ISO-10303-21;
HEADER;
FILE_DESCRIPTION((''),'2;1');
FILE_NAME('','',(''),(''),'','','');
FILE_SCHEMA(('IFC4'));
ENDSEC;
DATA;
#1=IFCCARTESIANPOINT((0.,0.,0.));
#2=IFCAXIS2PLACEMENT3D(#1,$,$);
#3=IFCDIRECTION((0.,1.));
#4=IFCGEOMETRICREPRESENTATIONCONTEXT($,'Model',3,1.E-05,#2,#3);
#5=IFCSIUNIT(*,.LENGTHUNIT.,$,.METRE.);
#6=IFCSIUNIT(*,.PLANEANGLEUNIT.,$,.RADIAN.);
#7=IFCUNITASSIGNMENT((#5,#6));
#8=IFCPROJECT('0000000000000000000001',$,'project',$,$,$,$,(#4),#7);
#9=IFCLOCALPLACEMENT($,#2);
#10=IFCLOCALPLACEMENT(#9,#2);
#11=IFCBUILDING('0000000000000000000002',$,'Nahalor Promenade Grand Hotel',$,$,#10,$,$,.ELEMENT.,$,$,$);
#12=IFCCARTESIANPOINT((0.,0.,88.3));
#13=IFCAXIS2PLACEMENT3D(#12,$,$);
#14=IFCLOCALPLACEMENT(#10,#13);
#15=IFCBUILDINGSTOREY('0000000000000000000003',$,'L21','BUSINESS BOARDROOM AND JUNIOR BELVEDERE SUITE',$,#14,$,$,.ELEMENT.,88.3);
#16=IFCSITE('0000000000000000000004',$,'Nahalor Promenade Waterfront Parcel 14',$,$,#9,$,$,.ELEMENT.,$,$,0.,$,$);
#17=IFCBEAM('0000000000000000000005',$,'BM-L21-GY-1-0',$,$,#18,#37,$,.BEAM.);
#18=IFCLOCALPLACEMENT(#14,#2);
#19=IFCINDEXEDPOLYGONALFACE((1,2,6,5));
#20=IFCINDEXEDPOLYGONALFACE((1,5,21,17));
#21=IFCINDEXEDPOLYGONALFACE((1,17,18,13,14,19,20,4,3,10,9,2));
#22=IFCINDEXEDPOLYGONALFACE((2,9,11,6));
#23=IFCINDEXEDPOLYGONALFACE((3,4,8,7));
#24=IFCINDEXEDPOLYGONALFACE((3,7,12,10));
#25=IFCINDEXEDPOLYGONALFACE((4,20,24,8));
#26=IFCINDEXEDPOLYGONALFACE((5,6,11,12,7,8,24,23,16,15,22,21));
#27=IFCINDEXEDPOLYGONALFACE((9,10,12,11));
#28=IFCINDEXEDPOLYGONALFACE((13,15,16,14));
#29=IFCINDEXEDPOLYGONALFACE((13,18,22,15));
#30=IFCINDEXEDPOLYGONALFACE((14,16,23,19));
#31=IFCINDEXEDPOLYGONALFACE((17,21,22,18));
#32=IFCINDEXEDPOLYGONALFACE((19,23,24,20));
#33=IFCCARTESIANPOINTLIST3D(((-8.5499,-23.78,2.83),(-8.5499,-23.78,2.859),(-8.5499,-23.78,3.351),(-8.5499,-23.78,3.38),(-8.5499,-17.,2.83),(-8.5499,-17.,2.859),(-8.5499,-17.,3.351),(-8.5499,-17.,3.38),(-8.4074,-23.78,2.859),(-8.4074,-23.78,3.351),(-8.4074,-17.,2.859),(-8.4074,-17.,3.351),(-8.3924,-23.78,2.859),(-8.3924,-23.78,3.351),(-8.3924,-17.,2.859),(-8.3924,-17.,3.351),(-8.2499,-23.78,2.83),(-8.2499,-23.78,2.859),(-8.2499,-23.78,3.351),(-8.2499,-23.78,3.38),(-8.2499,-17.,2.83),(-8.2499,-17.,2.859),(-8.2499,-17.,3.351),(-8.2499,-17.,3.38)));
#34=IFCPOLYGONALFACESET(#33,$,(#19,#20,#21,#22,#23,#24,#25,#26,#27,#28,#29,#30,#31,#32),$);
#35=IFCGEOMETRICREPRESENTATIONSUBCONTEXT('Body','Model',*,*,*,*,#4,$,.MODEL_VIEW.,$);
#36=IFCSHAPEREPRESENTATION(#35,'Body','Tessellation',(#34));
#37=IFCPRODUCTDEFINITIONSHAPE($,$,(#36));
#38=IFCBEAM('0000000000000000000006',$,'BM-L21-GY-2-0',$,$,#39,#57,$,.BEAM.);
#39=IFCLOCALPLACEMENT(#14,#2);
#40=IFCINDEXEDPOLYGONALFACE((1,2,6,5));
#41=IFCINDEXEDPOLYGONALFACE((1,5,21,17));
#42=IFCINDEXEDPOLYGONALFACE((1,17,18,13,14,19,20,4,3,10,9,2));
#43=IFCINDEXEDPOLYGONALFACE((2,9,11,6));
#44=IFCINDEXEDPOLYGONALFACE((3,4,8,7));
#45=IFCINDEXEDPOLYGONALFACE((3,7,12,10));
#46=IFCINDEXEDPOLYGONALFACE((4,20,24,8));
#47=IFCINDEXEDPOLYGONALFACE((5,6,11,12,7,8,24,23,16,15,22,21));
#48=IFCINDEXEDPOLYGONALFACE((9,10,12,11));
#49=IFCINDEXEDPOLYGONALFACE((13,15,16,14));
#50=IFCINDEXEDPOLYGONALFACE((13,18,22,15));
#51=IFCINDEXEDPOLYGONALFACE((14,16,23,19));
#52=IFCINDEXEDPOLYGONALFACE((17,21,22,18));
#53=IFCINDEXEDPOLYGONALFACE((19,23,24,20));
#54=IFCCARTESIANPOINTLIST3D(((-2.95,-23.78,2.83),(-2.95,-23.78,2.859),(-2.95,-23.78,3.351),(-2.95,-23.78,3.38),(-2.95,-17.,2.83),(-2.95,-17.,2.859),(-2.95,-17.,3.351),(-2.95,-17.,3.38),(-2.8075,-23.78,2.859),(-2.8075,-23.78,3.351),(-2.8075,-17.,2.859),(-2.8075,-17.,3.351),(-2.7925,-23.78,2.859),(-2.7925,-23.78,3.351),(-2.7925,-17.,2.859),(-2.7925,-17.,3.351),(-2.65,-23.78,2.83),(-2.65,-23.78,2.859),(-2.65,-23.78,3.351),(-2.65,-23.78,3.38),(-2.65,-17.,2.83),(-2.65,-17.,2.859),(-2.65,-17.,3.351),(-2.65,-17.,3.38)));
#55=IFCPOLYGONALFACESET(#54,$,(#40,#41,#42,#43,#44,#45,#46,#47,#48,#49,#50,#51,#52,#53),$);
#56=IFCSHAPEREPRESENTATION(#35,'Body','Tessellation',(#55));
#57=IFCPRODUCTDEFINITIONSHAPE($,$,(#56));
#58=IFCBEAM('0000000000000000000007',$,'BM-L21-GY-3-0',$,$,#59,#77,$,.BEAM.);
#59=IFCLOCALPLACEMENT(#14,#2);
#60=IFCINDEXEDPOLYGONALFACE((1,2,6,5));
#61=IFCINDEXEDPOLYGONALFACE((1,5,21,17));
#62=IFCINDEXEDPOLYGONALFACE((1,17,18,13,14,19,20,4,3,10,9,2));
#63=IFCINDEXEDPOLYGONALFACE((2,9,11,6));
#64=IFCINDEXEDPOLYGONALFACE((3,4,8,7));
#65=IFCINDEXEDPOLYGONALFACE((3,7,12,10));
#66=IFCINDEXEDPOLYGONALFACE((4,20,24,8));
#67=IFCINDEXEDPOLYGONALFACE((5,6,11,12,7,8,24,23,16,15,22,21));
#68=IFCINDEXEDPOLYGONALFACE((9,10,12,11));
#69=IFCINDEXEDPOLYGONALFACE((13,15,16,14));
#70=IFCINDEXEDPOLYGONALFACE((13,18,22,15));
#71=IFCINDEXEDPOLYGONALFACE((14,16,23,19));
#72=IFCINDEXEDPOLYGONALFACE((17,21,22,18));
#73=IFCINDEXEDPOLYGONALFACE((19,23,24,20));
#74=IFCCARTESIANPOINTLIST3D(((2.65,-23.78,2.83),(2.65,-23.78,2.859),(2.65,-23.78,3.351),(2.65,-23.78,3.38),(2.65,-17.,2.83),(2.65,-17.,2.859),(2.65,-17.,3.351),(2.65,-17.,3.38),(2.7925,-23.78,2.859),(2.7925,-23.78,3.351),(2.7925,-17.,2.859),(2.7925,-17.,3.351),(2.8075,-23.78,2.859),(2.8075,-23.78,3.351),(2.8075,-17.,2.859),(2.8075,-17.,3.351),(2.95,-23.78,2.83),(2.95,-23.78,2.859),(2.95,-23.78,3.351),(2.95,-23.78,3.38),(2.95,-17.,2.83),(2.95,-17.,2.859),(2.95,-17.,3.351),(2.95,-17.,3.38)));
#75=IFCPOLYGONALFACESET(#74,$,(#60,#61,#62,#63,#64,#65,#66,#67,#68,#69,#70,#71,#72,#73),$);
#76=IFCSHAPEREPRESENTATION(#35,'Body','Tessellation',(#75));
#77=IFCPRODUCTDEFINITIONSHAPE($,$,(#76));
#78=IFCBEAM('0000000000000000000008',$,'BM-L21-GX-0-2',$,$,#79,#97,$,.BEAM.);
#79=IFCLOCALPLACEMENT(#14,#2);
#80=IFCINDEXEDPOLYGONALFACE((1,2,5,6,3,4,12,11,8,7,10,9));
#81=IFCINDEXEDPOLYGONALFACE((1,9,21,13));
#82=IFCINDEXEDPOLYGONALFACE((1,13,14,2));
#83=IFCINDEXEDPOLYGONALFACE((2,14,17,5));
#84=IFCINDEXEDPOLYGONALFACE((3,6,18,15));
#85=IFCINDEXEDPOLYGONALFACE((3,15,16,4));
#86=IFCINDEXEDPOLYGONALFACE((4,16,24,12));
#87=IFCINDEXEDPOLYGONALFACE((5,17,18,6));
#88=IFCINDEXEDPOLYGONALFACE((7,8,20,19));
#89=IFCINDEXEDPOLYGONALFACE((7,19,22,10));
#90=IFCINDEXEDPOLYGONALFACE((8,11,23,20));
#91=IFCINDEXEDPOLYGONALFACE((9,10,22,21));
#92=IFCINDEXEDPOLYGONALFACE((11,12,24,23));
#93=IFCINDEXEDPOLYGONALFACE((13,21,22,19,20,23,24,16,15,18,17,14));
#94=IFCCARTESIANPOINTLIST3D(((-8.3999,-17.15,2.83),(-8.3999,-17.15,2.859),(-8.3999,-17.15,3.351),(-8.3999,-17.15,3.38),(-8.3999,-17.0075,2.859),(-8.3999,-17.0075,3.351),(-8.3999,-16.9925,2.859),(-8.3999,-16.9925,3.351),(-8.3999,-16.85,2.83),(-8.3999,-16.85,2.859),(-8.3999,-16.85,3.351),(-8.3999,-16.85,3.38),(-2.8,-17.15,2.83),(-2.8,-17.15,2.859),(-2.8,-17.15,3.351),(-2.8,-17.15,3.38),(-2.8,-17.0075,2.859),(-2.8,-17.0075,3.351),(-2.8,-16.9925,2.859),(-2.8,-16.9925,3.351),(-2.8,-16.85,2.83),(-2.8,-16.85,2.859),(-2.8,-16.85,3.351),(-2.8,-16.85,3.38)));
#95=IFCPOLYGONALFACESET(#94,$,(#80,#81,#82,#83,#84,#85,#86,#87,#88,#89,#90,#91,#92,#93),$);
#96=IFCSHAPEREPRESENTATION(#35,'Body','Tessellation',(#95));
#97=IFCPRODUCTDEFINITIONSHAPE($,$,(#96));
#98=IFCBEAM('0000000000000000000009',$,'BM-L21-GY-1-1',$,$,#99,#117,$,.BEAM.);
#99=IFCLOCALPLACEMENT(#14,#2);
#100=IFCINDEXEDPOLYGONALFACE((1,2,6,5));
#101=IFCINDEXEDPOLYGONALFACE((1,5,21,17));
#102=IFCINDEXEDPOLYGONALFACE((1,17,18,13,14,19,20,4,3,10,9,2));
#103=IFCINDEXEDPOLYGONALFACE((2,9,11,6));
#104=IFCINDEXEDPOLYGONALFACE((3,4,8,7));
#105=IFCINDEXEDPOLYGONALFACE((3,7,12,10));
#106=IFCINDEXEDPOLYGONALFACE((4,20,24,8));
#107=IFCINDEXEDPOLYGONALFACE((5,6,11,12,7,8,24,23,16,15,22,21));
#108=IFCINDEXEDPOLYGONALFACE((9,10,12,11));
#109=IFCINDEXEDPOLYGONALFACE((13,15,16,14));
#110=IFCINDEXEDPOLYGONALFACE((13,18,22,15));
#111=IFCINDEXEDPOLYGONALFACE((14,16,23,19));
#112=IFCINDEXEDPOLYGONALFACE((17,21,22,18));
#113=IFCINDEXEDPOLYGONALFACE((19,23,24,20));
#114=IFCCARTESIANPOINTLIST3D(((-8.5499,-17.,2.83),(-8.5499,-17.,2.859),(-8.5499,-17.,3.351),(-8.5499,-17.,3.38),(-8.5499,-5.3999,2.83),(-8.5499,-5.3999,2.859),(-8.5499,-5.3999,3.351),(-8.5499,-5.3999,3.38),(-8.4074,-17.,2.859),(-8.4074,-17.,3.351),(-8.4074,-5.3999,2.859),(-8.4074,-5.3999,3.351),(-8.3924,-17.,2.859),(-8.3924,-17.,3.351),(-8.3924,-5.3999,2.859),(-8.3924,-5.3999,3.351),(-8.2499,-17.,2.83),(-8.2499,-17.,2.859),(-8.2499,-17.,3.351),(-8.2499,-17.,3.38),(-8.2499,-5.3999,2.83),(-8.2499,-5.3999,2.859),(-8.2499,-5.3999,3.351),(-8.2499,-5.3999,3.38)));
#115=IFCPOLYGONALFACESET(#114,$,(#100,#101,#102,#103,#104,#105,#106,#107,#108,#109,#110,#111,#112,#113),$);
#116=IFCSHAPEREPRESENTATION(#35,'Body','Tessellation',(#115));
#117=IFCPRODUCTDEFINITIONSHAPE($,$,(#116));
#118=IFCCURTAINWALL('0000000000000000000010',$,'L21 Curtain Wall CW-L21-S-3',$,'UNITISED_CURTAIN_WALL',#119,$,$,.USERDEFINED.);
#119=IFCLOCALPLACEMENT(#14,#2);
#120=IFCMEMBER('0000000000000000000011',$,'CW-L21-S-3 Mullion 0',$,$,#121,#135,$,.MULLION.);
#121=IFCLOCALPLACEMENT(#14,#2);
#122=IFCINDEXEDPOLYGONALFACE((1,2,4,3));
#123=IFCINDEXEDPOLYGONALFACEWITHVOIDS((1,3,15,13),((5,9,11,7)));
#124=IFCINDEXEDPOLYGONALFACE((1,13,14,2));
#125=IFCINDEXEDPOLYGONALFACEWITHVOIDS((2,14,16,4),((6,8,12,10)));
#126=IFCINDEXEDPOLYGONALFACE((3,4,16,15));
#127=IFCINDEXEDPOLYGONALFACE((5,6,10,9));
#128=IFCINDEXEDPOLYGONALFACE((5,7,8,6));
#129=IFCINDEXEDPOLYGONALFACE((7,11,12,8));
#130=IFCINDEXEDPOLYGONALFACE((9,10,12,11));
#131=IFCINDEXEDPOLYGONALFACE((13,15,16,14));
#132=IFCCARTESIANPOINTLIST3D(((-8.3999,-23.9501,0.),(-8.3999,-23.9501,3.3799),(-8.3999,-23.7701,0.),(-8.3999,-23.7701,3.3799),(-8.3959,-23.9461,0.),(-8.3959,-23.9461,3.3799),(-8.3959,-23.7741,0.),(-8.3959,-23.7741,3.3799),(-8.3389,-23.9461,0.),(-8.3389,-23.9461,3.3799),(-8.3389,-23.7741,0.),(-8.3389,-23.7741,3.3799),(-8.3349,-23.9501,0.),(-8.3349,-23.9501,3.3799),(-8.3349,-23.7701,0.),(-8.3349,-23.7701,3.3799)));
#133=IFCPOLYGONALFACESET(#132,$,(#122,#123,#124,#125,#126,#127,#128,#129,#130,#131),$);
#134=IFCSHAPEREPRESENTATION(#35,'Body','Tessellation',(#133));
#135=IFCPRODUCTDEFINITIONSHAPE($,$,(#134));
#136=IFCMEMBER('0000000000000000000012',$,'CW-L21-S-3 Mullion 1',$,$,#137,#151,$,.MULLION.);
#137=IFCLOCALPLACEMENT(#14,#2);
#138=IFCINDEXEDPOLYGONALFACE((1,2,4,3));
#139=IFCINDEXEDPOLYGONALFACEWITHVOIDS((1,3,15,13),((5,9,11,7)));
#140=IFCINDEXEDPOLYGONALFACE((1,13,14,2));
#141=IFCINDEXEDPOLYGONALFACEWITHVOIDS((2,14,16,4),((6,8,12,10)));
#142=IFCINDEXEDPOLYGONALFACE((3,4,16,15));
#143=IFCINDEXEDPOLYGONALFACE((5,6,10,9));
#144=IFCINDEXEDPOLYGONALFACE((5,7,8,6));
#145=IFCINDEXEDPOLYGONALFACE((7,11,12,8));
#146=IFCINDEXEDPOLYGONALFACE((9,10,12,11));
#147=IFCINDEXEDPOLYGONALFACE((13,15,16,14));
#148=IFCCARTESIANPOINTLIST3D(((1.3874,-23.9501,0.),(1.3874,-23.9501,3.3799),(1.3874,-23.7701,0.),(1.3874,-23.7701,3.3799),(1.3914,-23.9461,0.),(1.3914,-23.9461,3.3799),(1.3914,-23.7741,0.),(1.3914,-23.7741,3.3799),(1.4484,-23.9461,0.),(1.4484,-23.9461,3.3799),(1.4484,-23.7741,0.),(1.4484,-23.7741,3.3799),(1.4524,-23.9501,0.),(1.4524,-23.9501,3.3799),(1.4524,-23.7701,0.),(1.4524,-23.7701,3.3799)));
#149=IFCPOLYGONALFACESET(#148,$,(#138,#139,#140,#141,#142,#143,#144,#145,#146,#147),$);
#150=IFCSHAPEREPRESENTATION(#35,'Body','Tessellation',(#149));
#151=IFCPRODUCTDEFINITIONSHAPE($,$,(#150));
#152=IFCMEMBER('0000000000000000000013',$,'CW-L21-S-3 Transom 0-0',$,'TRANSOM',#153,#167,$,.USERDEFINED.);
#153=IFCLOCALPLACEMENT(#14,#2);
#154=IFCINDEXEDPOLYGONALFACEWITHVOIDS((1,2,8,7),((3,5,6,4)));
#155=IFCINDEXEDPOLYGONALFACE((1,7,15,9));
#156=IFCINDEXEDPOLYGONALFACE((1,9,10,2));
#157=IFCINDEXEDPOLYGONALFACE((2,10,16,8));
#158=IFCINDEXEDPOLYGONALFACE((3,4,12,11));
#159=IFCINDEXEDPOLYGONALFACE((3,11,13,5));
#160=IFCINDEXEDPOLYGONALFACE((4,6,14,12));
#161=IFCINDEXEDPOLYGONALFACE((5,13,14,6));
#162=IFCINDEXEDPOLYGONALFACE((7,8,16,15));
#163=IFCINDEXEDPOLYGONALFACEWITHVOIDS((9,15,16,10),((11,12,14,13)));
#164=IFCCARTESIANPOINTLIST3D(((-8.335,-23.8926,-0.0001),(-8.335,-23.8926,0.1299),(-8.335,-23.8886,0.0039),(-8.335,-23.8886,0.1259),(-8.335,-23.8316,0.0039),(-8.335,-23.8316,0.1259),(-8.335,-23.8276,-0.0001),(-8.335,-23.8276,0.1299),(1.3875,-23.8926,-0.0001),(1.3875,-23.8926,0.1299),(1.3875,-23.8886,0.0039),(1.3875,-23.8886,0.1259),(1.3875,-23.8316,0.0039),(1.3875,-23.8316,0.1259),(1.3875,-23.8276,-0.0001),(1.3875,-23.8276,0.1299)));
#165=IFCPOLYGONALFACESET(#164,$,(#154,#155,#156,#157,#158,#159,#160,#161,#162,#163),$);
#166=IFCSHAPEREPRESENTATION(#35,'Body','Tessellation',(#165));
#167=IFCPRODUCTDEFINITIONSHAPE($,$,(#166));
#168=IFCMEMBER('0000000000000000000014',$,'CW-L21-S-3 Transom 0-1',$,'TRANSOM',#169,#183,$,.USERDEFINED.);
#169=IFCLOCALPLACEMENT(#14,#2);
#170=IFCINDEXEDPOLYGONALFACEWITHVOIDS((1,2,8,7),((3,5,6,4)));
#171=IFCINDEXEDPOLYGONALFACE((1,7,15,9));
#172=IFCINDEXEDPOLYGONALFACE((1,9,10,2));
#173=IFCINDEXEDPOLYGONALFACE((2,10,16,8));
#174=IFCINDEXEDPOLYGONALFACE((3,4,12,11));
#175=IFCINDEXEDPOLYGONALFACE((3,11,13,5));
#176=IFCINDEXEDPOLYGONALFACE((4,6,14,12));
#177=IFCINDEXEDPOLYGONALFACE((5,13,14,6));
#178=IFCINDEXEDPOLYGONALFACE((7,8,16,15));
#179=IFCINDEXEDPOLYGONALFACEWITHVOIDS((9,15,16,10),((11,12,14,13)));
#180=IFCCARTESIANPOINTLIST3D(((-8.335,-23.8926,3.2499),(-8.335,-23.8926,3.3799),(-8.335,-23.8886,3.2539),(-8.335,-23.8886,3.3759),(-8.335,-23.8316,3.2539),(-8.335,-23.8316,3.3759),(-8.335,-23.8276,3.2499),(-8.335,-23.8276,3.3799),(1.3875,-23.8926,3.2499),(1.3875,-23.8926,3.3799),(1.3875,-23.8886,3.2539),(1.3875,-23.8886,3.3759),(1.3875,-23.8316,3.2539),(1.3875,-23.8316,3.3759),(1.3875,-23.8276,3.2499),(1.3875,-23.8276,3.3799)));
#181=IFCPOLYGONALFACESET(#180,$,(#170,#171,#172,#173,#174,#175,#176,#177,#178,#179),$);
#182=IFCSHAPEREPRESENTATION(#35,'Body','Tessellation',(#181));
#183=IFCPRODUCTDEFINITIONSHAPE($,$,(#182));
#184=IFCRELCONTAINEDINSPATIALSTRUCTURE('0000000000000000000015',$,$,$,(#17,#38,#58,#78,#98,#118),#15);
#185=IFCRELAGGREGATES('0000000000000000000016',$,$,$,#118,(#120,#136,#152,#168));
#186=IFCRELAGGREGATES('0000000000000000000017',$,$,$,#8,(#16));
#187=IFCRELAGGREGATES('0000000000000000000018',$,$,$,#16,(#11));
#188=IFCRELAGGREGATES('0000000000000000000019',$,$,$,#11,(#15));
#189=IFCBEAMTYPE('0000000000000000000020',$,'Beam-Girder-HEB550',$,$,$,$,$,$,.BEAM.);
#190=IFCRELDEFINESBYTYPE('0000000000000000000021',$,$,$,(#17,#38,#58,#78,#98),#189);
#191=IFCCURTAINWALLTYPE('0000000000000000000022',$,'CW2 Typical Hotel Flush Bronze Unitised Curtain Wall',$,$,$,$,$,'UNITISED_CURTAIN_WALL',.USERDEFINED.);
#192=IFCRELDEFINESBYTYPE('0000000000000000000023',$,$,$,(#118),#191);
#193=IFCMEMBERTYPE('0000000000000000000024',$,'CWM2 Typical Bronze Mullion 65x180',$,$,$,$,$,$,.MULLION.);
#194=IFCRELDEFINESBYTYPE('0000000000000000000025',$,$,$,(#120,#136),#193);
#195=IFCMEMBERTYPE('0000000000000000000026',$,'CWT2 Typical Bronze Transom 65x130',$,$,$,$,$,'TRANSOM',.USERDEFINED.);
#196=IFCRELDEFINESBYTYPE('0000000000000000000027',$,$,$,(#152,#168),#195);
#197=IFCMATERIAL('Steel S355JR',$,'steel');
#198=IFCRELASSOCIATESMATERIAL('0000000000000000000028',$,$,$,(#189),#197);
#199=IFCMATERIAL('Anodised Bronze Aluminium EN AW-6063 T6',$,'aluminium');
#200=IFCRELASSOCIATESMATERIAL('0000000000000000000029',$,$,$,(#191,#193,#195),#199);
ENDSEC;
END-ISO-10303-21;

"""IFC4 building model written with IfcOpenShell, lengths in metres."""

from ifc_helpers import new_model, si_unit, direction, frame, origin, origin_2d, place, context, subcontext, project, spatial, hollow_rectangle, i_section, extrude, source, transform, mapped, material, material_profile, profile_set, type_object, element, aggregate, save


model = new_model("IFC4")

# Units and contexts
model_context = context("Model", 3, precision=1e-05, world=origin(), true_north=direction((0.0, 1.0)))
body_context = subcontext(model_context, "Body", "Model", "MODEL_VIEW")
ifc_project = project(units=[si_unit("LENGTHUNIT", "METRE"), si_unit("PLANEANGLEUNIT", "RADIAN")], contexts=[model_context])

# Site, building, storey
site_placement = place(None, origin())
site = spatial("IfcSite", under=ifc_project, at=site_placement, Name="Nahalor Promenade Waterfront Parcel 14", CompositionType="ELEMENT", RefElevation=0.0)
building_placement = place(site_placement, origin())
building = spatial("IfcBuilding", under=site, at=building_placement, Name="Nahalor Promenade Grand Hotel", CompositionType="ELEMENT")
storey_placement = place(building_placement, frame((0.0, 0.0, 88.3)))
storey = spatial("IfcBuildingStorey", under=building, at=storey_placement, Name="L21", Description="BUSINESS BOARDROOM AND JUNIOR BELVEDERE SUITE", CompositionType="ELEMENT", Elevation=88.3)

# Beams
ifc_material_1 = material(Name="Steel S355JR", Category="steel")
ifc_material_profile_1 = material_profile(ifc_material_1, i_section(OverallWidth=0.3, OverallDepth=0.55, WebThickness=0.015, FlangeThickness=0.029, at=origin_2d()), Name="HEB 550")
ifc_profile_set_1 = profile_set([ifc_material_profile_1], Name="Steel S355JR")
beam_type_1 = type_object("IfcBeamType", Name="Beam-Girder-HEB550", PredefinedType="BEAM", material=ifc_profile_set_1)
shared_shape_1 = source(origin(), body_context, "Body", "SweptSolid", [
    extrude(i_section(OverallWidth=0.3, OverallDepth=0.55, WebThickness=0.015, FlangeThickness=0.029, at=origin_2d()), origin(), (0.0, 0.0, 1.0), 6.78),
])
for number, where, z_axis, x_axis, name in (
    (1, (-8.3999, -23.78, 3.105), (0.0, 1.0, 0.0), (-1.0, 0.0, 0.0), "BM-L21-GY-1-0"),
    (2, (-2.8, -23.78, 3.105), (0.0, 1.0, 0.0), (-1.0, 0.0, 0.0), "BM-L21-GY-2-0"),
    (3, (2.8, -23.78, 3.105), (0.0, 1.0, 0.0), (-1.0, 0.0, 0.0), "BM-L21-GY-3-0"),
):
    element("IfcBeam", number, at=place(storey_placement, frame(where, z_axis=z_axis, x_axis=x_axis)), inside=storey, type_object=beam_type_1, Name=name, PredefinedType="BEAM", context=body_context, shape_type="MappedRepresentation", body=[
        mapped(shared_shape_1, transform((0.0, 0.0, 0.0), scale=1.0)),
    ])
shared_shape_2 = source(origin(), body_context, "Body", "SweptSolid", [
    extrude(i_section(OverallWidth=0.3, OverallDepth=0.55, WebThickness=0.015, FlangeThickness=0.029, at=origin_2d()), origin(), (0.0, 0.0, 1.0), 5.5999),
])
beam_1_placement = place(storey_placement, frame((-8.3999, -17.0, 3.105), z_axis=(1.0, 0.0, 0.0), x_axis=(0.0, 1.0, 0.0)))
element("IfcBeam", 4, at=beam_1_placement, inside=storey, type_object=beam_type_1, Name="BM-L21-GX-0-2", PredefinedType="BEAM", context=body_context, shape_type="MappedRepresentation", body=[
    mapped(shared_shape_2, transform((0.0, 0.0, 0.0), scale=1.0)),
])
shared_shape_3 = source(origin(), body_context, "Body", "SweptSolid", [
    extrude(i_section(OverallWidth=0.3, OverallDepth=0.55, WebThickness=0.015, FlangeThickness=0.029, at=origin_2d()), origin(), (0.0, 0.0, 1.0), 11.6001),
])
beam_2_placement = place(storey_placement, frame((-8.3999, -17.0, 3.105), z_axis=(0.0, 1.0, 0.0), x_axis=(-1.0, 0.0, 0.0)))
element("IfcBeam", 5, at=beam_2_placement, inside=storey, type_object=beam_type_1, Name="BM-L21-GY-1-1", PredefinedType="BEAM", context=body_context, shape_type="MappedRepresentation", body=[
    mapped(shared_shape_3, transform((0.0, 0.0, 0.0), scale=1.0)),
])

# Curtain wall, members
ifc_material_2 = material(Name="Anodised Bronze Aluminium EN AW-6063 T6", Category="aluminium")
curtain_wall_type = type_object("IfcCurtainWallType", Name="CW2 Typical Hotel Flush Bronze Unitised Curtain Wall", ElementType="UNITISED_CURTAIN_WALL", PredefinedType="USERDEFINED", material=ifc_material_2)
curtain_wall_placement = place(storey_placement, origin())
curtain_wall = element("IfcCurtainWall", 6, at=curtain_wall_placement, inside=storey, type_object=curtain_wall_type, Name="L21 Curtain Wall CW-L21-S-3", ObjectType="UNITISED_CURTAIN_WALL", PredefinedType="USERDEFINED")
ifc_material_profile_2 = material_profile(ifc_material_2, hollow_rectangle(XDim=0.065, YDim=0.18, WallThickness=0.004, at=origin_2d()), Name="CWM 65x180x4")
ifc_profile_set_2 = profile_set([ifc_material_profile_2], Name="Anodised Bronze Aluminium EN AW-6063 T6")
member_type_1 = type_object("IfcMemberType", Name="CWM2 Typical Bronze Mullion 65x180", PredefinedType="MULLION", material=ifc_profile_set_2)
shared_shape_4 = source(origin(), body_context, "Body", "SweptSolid", [
    extrude(hollow_rectangle(XDim=0.065, YDim=0.18, WallThickness=0.004, at=origin_2d()), origin(), (0.0, 0.0, 1.0), 3.3799),
])
member_1_placement = place(storey_placement, frame((-8.3674, -23.8601, 0.0), z_axis=(0.0, 0.0, 1.0), x_axis=(1.0, 0.0, 0.0)))
member_1 = element("IfcMember", 7, at=member_1_placement, type_object=member_type_1, Name="CW-L21-S-3 Mullion 0", PredefinedType="MULLION", context=body_context, shape_type="MappedRepresentation", body=[
    mapped(shared_shape_4, transform((0.0, 0.0, 0.0), scale=1.0)),
])
member_2_placement = place(storey_placement, frame((1.4199, -23.8601, 0.0), z_axis=(0.0, 0.0, 1.0), x_axis=(1.0, 0.0, 0.0)))
member_2 = element("IfcMember", 8, at=member_2_placement, type_object=member_type_1, Name="CW-L21-S-3 Mullion 1", PredefinedType="MULLION", context=body_context, shape_type="MappedRepresentation", body=[
    mapped(shared_shape_4, transform((0.0, 0.0, 0.0), scale=1.0)),
])
ifc_material_profile_3 = material_profile(ifc_material_2, hollow_rectangle(XDim=0.065, YDim=0.13, WallThickness=0.004, at=origin_2d()), Name="CWT 65x130x4")
ifc_profile_set_3 = profile_set([ifc_material_profile_3], Name="Anodised Bronze Aluminium EN AW-6063 T6")
member_type_2 = type_object("IfcMemberType", Name="CWT2 Typical Bronze Transom 65x130", ElementType="TRANSOM", PredefinedType="USERDEFINED", material=ifc_profile_set_3)
shared_shape_5 = source(origin(), body_context, "Body", "SweptSolid", [
    extrude(hollow_rectangle(XDim=0.065, YDim=0.13, WallThickness=0.004, at=origin_2d()), origin(), (0.0, 0.0, 1.0), 9.7224),
])
member_3_placement = place(storey_placement, frame((-8.335, -23.8601, 0.0649), z_axis=(1.0, 0.0, 0.0), x_axis=(0.0, 1.0, 0.0)))
member_3 = element("IfcMember", 9, at=member_3_placement, type_object=member_type_2, Name="CW-L21-S-3 Transom 0-0", ObjectType="TRANSOM", PredefinedType="USERDEFINED", context=body_context, shape_type="MappedRepresentation", body=[
    mapped(shared_shape_5, transform((0.0, 0.0, 0.0), scale=1.0)),
])
member_4_placement = place(storey_placement, frame((-8.335, -23.8601, 3.3149), z_axis=(1.0, 0.0, 0.0), x_axis=(0.0, 1.0, 0.0)))
member_4 = element("IfcMember", 10, at=member_4_placement, type_object=member_type_2, Name="CW-L21-S-3 Transom 0-1", ObjectType="TRANSOM", PredefinedType="USERDEFINED", context=body_context, shape_type="MappedRepresentation", body=[
    mapped(shared_shape_5, transform((0.0, 0.0, 0.0), scale=1.0)),
])
aggregate(curtain_wall, [member_1, member_2, member_3, member_4])

save(model, "model.ifc")
